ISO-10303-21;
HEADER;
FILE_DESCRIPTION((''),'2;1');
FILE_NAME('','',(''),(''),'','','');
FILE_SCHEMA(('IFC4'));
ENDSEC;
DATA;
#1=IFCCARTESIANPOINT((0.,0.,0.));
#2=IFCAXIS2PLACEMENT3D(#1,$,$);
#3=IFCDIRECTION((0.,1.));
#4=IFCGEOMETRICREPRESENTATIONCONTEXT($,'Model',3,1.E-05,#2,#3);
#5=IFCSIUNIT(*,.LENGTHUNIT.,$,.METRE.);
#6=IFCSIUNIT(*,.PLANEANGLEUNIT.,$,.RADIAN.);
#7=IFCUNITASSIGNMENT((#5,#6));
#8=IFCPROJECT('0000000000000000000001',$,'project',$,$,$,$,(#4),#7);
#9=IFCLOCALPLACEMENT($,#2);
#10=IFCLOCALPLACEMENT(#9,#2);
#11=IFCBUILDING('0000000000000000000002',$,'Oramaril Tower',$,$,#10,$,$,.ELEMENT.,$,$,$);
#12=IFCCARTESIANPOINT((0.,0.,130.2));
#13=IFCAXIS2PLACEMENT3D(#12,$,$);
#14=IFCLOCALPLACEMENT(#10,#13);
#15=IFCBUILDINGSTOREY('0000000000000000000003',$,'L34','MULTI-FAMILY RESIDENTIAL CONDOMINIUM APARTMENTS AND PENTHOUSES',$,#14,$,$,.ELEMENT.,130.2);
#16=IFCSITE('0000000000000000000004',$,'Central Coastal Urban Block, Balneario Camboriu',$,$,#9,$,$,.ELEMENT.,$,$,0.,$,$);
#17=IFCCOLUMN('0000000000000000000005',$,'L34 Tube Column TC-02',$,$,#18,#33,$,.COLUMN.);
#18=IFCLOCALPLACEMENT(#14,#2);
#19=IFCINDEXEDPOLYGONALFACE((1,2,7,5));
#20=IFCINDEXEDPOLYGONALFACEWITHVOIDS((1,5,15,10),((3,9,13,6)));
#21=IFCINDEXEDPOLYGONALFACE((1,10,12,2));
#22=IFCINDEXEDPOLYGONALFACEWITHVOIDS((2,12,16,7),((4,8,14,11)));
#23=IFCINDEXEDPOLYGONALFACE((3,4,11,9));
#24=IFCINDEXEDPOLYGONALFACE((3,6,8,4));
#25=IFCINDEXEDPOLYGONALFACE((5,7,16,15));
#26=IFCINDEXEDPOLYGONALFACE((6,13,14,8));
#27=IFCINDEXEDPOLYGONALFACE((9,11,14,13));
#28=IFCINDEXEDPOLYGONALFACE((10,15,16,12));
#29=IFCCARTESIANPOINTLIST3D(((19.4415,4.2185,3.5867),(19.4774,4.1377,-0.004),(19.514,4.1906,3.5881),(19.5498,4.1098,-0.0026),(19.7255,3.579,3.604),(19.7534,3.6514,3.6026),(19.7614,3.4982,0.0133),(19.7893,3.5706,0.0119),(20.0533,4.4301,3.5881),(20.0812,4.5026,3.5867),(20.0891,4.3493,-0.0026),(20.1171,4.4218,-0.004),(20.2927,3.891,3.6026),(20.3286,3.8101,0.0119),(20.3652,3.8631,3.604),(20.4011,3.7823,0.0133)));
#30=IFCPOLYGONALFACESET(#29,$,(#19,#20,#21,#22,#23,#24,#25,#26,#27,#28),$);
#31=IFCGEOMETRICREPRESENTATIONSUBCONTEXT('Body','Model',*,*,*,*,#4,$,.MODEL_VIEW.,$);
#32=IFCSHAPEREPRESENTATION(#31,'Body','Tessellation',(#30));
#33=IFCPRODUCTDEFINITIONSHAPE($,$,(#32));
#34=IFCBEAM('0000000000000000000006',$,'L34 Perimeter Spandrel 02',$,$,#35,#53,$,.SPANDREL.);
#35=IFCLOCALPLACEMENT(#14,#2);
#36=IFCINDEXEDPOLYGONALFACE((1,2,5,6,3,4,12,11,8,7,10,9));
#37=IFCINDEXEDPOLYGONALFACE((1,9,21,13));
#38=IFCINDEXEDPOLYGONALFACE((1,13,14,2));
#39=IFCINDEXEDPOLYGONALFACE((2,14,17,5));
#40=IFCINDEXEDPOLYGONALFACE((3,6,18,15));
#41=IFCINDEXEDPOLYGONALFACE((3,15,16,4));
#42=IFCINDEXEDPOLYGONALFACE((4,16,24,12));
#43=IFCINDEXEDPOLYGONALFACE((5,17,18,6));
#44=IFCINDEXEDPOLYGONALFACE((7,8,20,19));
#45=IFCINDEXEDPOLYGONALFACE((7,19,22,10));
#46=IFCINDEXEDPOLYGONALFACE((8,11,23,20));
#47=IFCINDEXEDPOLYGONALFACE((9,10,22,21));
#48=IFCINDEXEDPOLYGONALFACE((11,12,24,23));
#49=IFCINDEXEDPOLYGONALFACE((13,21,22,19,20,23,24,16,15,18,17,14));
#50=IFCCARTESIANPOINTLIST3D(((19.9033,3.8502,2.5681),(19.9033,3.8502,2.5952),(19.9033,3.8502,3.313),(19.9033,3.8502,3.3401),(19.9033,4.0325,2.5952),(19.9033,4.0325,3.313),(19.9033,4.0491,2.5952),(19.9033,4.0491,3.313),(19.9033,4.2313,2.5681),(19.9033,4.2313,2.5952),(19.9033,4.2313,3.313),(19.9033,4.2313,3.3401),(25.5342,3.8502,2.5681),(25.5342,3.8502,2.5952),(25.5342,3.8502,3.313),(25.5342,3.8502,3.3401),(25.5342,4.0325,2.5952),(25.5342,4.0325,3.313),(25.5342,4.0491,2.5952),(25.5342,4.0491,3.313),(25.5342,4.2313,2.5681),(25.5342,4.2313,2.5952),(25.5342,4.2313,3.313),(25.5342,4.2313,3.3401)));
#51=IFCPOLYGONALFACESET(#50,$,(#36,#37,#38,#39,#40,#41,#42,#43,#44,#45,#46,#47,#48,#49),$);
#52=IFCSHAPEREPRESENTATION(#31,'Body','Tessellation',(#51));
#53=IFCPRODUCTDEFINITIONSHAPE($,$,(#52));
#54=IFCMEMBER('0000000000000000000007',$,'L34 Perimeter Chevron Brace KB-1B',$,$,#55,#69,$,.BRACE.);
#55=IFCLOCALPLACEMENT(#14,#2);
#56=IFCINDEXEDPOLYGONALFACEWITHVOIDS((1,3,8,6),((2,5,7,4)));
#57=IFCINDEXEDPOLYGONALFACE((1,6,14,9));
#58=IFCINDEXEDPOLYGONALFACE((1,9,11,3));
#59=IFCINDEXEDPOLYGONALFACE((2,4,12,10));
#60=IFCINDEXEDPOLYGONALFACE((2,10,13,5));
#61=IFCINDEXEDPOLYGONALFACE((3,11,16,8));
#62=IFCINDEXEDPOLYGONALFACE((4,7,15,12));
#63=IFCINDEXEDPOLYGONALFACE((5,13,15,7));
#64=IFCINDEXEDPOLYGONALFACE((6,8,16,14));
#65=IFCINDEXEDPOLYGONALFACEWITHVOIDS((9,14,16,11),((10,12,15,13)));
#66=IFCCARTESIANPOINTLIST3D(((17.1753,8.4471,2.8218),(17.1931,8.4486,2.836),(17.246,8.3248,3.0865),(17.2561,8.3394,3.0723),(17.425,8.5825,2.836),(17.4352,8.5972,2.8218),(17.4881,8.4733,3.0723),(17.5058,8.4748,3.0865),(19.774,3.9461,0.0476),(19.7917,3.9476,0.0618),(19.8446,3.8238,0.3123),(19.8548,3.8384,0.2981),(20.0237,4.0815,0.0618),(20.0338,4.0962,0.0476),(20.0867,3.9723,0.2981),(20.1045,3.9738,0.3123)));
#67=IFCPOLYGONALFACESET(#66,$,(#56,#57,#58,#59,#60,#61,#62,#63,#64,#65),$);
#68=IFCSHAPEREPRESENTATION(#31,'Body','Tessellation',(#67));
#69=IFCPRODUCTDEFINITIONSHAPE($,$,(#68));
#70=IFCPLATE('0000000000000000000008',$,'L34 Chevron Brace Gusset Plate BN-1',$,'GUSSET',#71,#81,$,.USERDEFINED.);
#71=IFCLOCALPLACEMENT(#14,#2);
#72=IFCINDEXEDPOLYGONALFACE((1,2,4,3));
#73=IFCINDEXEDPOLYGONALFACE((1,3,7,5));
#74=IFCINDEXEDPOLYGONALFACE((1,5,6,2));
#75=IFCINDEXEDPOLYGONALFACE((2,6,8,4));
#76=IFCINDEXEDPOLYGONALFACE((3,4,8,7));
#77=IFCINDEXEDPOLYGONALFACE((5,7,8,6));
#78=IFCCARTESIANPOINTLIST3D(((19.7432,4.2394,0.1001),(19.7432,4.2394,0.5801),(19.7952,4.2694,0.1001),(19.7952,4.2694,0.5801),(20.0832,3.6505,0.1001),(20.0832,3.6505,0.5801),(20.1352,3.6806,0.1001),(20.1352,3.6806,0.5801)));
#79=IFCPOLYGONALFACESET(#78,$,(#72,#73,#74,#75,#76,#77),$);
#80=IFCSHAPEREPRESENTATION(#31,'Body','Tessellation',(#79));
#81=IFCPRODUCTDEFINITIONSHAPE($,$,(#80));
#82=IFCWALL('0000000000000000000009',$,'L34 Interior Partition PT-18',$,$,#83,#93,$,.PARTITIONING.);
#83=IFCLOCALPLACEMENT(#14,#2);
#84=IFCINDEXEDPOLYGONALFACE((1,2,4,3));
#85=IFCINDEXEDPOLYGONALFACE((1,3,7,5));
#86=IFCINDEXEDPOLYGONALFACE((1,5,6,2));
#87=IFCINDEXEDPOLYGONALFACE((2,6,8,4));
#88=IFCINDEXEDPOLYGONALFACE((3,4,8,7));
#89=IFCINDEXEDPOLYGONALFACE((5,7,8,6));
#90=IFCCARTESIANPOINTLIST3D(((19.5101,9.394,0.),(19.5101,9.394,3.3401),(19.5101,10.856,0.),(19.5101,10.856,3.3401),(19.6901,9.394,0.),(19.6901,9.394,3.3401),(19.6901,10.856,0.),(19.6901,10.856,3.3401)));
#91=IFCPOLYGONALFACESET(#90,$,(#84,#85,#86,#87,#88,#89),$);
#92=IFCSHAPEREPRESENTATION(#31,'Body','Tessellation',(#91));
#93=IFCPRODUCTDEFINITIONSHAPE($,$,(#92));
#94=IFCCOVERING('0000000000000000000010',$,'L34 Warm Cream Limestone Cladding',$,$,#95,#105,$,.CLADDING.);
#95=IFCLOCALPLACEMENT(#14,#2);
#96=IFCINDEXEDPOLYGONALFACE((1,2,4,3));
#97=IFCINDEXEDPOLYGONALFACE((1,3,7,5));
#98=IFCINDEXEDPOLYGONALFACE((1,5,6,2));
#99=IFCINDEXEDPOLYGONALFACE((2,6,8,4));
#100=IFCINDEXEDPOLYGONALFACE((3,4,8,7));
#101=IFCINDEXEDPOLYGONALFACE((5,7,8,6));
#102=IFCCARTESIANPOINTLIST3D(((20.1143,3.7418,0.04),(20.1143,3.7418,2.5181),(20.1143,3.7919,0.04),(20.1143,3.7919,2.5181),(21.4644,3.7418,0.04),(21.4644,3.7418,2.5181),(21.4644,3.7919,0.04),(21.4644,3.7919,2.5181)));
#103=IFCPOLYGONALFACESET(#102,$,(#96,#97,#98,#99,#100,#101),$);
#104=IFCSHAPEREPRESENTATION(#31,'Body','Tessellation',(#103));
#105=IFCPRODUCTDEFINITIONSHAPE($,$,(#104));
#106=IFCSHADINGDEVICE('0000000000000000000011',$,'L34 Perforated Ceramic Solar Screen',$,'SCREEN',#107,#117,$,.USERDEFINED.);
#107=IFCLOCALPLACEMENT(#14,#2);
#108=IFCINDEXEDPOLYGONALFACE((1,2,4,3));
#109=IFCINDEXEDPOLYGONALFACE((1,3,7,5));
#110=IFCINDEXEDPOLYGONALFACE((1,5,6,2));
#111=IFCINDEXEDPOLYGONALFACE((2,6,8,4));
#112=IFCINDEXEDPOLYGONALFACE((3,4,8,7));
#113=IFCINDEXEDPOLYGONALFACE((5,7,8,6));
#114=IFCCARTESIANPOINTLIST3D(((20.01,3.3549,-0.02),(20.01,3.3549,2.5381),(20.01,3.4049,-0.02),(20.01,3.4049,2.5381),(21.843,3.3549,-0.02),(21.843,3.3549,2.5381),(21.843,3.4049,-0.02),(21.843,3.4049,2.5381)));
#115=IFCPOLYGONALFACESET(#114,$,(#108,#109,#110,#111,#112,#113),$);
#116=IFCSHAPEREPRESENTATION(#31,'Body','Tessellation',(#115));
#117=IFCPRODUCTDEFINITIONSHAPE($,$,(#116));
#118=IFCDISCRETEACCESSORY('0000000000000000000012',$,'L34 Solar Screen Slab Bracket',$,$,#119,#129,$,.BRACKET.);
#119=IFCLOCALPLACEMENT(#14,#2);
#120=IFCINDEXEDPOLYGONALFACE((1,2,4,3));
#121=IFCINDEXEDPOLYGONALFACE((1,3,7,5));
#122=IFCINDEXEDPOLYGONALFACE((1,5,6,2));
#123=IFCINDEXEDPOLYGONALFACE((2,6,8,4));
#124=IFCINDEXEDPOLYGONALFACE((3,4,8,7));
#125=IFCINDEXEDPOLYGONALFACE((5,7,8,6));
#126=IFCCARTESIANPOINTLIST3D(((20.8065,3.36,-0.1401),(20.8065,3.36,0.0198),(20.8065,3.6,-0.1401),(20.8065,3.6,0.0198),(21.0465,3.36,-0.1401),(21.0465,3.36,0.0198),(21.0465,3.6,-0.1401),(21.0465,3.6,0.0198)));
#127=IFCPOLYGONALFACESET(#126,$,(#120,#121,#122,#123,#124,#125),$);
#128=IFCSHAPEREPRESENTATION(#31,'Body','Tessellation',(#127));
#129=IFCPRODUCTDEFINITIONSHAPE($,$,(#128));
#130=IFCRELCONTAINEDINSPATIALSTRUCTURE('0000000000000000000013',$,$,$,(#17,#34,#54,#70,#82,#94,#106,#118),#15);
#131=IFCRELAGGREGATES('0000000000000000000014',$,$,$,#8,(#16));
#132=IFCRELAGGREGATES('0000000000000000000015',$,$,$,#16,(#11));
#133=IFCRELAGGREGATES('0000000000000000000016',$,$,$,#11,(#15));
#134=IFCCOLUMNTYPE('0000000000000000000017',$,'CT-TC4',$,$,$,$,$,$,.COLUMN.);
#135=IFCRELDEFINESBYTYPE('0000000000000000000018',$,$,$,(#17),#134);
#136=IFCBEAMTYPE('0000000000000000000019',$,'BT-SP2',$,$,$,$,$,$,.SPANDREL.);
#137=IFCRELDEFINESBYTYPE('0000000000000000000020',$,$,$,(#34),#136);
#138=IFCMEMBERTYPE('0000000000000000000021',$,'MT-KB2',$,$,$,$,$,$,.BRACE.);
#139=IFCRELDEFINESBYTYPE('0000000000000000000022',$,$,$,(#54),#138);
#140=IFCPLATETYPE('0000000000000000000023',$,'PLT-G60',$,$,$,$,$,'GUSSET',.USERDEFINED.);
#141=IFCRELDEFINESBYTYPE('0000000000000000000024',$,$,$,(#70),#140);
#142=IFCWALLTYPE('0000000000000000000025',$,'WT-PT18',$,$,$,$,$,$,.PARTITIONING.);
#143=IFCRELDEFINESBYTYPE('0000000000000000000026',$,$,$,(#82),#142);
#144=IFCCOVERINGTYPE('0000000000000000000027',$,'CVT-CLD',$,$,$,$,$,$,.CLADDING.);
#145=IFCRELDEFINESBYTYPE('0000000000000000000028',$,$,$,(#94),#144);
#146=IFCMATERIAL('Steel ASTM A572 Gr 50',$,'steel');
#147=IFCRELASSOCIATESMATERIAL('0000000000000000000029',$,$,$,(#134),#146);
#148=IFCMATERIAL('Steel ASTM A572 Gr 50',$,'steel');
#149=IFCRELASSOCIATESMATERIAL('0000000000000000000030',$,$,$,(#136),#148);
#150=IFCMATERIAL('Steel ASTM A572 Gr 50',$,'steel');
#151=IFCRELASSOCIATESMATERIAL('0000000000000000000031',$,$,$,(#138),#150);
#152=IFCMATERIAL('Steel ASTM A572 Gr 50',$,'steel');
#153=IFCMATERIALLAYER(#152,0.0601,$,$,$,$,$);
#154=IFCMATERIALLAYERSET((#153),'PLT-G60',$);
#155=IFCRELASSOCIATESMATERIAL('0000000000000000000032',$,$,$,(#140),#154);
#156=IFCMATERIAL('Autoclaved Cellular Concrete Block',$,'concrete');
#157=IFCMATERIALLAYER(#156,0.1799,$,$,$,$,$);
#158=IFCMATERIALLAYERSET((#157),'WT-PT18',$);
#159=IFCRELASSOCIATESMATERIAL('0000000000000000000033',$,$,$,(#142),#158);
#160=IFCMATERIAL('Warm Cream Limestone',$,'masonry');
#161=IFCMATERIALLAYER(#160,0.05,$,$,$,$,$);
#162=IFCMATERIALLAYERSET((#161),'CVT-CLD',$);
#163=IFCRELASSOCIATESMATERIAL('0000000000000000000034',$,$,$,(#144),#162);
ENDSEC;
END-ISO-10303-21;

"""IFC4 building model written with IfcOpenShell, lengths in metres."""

from ifc_helpers import new_model, si_unit, direction, frame, frame_2d, origin, origin_2d, place, context, subcontext, project, spatial, rectangle, hollow_rectangle, i_section, extrude, material, layer, layer_set, material_profile, profile_set, type_object, element, save


model = new_model("IFC4")

# Units and contexts
model_context = context("Model", 3, precision=1e-05, world=origin(), true_north=direction((0.0, 1.0)))
body_context = subcontext(model_context, "Body", "Model", "MODEL_VIEW")
ifc_project = project(units=[si_unit("LENGTHUNIT", "METRE"), si_unit("PLANEANGLEUNIT", "RADIAN")], contexts=[model_context])

# Site, building, storey
site_placement = place(None, origin())
site = spatial("IfcSite", under=ifc_project, at=site_placement, Name="Central Coastal Urban Block, Balneario Camboriu", CompositionType="ELEMENT", RefElevation=0.0)
building_placement = place(site_placement, origin())
building = spatial("IfcBuilding", under=site, at=building_placement, Name="Oramaril Tower", CompositionType="ELEMENT")
storey_placement = place(building_placement, frame((0.0, 0.0, 130.2)))
storey = spatial("IfcBuildingStorey", under=building, at=storey_placement, Name="L34", Description="MULTI-FAMILY RESIDENTIAL CONDOMINIUM APARTMENTS AND PENTHOUSES", CompositionType="ELEMENT", Elevation=130.2)

# Column
ifc_material_1 = material(Name="Steel ASTM A572 Gr 50", Category="steel")
ifc_material_profile_1 = material_profile(ifc_material_1, hollow_rectangle(XDim=0.7, YDim=0.7, WallThickness=0.0549, at=origin_2d()), Name="BOX700X700X55")
ifc_profile_set_1 = profile_set([ifc_material_profile_1], Name="Steel ASTM A572 Gr 50")
column_type = type_object("IfcColumnType", Name="CT-TC4", PredefinedType="COLUMN", material=ifc_profile_set_1)
column_placement = place(storey_placement, frame((19.9392, 3.96, 0.0046), z_axis=(-0.009992, 0.022498, 0.999697), x_axis=(-0.913925, -0.405882, 0.0)))
element("IfcColumn", 1, at=column_placement, inside=storey, type_object=column_type, Name="L34 Tube Column TC-02", PredefinedType="COLUMN", context=body_context, shape_type="SweptSolid", body=[
    extrude(hollow_rectangle(XDim=0.7, YDim=0.7, WallThickness=0.0549, at=origin_2d()), origin(), (0.0, 0.0, 1.0), 3.5918),
])

# Beam
ifc_material_2 = material(Name="Steel ASTM A572 Gr 50", Category="steel")
ifc_material_profile_2 = material_profile(ifc_material_2, i_section(OverallWidth=0.3811, OverallDepth=0.772, WebThickness=0.0166, FlangeThickness=0.0271, at=origin_2d()), Name="W30X173")
ifc_profile_set_2 = profile_set([ifc_material_profile_2], Name="Steel ASTM A572 Gr 50")
beam_type = type_object("IfcBeamType", Name="BT-SP2", PredefinedType="SPANDREL", material=ifc_profile_set_2)
beam_placement = place(storey_placement, frame((19.9033, 4.0408, 2.9541), z_axis=(1.0, 0.0, 0.0), x_axis=(0.0, 1.0, 0.0)))
element("IfcBeam", 2, at=beam_placement, inside=storey, type_object=beam_type, Name="L34 Perimeter Spandrel 02", PredefinedType="SPANDREL", context=body_context, shape_type="SweptSolid", body=[
    extrude(i_section(OverallWidth=0.3811, OverallDepth=0.772, WebThickness=0.0166, FlangeThickness=0.0271, at=origin_2d()), origin(), (0.0, 0.0, 1.0), 5.6309),
])

# Member
ifc_material_3 = material(Name="Steel ASTM A572 Gr 50", Category="steel")
ifc_material_profile_3 = material_profile(ifc_material_3, hollow_rectangle(XDim=0.3, YDim=0.3, WallThickness=0.0161, at=origin_2d()), Name="HSS300X300X16")
ifc_profile_set_3 = profile_set([ifc_material_profile_3], Name="Steel ASTM A572 Gr 50")
member_type = type_object("IfcMemberType", Name="MT-KB2", PredefinedType="BRACE", material=ifc_profile_set_3)
member_placement = place(storey_placement, frame((19.9392, 3.96, 0.1799), z_axis=(-0.441095, 0.764001, 0.470891), x_axis=(-0.866026, -0.499999, 0.0)))
element("IfcMember", 3, at=member_placement, inside=storey, type_object=member_type, Name="L34 Perimeter Chevron Brace KB-1B", PredefinedType="BRACE", context=body_context, shape_type="SweptSolid", body=[
    extrude(hollow_rectangle(XDim=0.3, YDim=0.3, WallThickness=0.0161, at=origin_2d()), origin(), (0.0, 0.0, 1.0), 5.8914),
])

# Plate
ifc_material_4 = material(Name="Steel ASTM A572 Gr 50", Category="steel")
ifc_layer_1 = layer(ifc_material_4, 0.0601)
ifc_layer_set_1 = layer_set([ifc_layer_1], Name="PLT-G60")
plate_type = type_object("IfcPlateType", Name="PLT-G60", ElementType="GUSSET", PredefinedType="USERDEFINED", material=ifc_layer_set_1)
plate_placement = place(storey_placement, frame((19.9392, 3.96, 0.1001), z_axis=(0.0, 0.0, 1.0), x_axis=(0.5, -0.866025, 0.0)))
element("IfcPlate", 4, at=plate_placement, inside=storey, type_object=plate_type, Name="L34 Chevron Brace Gusset Plate BN-1", ObjectType="GUSSET", PredefinedType="USERDEFINED", context=body_context, shape_type="SweptSolid", body=[
    extrude(rectangle(XDim=0.6799, YDim=0.0601, at=origin_2d()), origin(), (0.0, 0.0, 1.0), 0.48),
])

# Wall
ifc_material_5 = material(Name="Autoclaved Cellular Concrete Block", Category="concrete")
ifc_layer_2 = layer(ifc_material_5, 0.1799)
ifc_layer_set_2 = layer_set([ifc_layer_2], Name="WT-PT18")
wall_type_1 = type_object("IfcWallType", Name="WT-PT18", PredefinedType="PARTITIONING", material=ifc_layer_set_2)
wall_1_placement = place(storey_placement, frame((19.6001, 9.394, 0.0), z_axis=(0.0, 0.0, 1.0), x_axis=(0.0, 1.0, 0.0)))
element("IfcWall", 5, at=wall_1_placement, inside=storey, type_object=wall_type_1, Name="L34 Interior Partition PT-18", PredefinedType="PARTITIONING", context=body_context, shape_type="SweptSolid", body=[
    extrude(rectangle(XDim=1.4619, YDim=0.1799, at=frame_2d((0.731, 0.0))), origin(), (0.0, 0.0, 1.0), 3.3401),
])

# Covering
ifc_material_6 = material(Name="Warm Cream Limestone", Category="masonry")
ifc_layer_3 = layer(ifc_material_6, 0.05)
ifc_layer_set_3 = layer_set([ifc_layer_3], Name="CVT-CLD")
covering_type = type_object("IfcCoveringType", Name="CVT-CLD", PredefinedType="CLADDING", material=ifc_layer_set_3)
covering_placement = place(storey_placement, frame((20.7893, 3.7668, 0.04), z_axis=(0.0, 0.0, 1.0), x_axis=(1.0, 0.0, 0.0)))
element("IfcCovering", 6, at=covering_placement, inside=storey, type_object=covering_type, Name="L34 Warm Cream Limestone Cladding", PredefinedType="CLADDING", context=body_context, shape_type="SweptSolid", body=[
    extrude(rectangle(XDim=1.3501, YDim=0.05, at=origin_2d()), origin(), (0.0, 0.0, 1.0), 2.478),
])

# Shading device
shading_device_placement = place(storey_placement, frame((20.9265, 3.3799, -0.02), z_axis=(0.0, 0.0, 1.0), x_axis=(1.0, 0.0, 0.0)))
element("IfcShadingDevice", 7, at=shading_device_placement, inside=storey, Name="L34 Perforated Ceramic Solar Screen", ObjectType="SCREEN", PredefinedType="USERDEFINED", context=body_context, shape_type="SweptSolid", body=[
    extrude(rectangle(XDim=1.833, YDim=0.05, at=origin_2d()), origin(), (0.0, 0.0, 1.0), 2.5581),
])

# Discrete accessory
discrete_accessory_placement = place(storey_placement, frame((20.9265, 3.48, -0.1401), z_axis=(0.0, 0.0, 1.0), x_axis=(1.0, 0.0, 0.0)))
element("IfcDiscreteAccessory", 8, at=discrete_accessory_placement, inside=storey, Name="L34 Solar Screen Slab Bracket", PredefinedType="BRACKET", context=body_context, shape_type="SweptSolid", body=[
    extrude(rectangle(XDim=0.24, YDim=0.24, at=origin_2d()), origin(), (0.0, 0.0, 1.0), 0.1599),
])

save(model, "model.ifc")
